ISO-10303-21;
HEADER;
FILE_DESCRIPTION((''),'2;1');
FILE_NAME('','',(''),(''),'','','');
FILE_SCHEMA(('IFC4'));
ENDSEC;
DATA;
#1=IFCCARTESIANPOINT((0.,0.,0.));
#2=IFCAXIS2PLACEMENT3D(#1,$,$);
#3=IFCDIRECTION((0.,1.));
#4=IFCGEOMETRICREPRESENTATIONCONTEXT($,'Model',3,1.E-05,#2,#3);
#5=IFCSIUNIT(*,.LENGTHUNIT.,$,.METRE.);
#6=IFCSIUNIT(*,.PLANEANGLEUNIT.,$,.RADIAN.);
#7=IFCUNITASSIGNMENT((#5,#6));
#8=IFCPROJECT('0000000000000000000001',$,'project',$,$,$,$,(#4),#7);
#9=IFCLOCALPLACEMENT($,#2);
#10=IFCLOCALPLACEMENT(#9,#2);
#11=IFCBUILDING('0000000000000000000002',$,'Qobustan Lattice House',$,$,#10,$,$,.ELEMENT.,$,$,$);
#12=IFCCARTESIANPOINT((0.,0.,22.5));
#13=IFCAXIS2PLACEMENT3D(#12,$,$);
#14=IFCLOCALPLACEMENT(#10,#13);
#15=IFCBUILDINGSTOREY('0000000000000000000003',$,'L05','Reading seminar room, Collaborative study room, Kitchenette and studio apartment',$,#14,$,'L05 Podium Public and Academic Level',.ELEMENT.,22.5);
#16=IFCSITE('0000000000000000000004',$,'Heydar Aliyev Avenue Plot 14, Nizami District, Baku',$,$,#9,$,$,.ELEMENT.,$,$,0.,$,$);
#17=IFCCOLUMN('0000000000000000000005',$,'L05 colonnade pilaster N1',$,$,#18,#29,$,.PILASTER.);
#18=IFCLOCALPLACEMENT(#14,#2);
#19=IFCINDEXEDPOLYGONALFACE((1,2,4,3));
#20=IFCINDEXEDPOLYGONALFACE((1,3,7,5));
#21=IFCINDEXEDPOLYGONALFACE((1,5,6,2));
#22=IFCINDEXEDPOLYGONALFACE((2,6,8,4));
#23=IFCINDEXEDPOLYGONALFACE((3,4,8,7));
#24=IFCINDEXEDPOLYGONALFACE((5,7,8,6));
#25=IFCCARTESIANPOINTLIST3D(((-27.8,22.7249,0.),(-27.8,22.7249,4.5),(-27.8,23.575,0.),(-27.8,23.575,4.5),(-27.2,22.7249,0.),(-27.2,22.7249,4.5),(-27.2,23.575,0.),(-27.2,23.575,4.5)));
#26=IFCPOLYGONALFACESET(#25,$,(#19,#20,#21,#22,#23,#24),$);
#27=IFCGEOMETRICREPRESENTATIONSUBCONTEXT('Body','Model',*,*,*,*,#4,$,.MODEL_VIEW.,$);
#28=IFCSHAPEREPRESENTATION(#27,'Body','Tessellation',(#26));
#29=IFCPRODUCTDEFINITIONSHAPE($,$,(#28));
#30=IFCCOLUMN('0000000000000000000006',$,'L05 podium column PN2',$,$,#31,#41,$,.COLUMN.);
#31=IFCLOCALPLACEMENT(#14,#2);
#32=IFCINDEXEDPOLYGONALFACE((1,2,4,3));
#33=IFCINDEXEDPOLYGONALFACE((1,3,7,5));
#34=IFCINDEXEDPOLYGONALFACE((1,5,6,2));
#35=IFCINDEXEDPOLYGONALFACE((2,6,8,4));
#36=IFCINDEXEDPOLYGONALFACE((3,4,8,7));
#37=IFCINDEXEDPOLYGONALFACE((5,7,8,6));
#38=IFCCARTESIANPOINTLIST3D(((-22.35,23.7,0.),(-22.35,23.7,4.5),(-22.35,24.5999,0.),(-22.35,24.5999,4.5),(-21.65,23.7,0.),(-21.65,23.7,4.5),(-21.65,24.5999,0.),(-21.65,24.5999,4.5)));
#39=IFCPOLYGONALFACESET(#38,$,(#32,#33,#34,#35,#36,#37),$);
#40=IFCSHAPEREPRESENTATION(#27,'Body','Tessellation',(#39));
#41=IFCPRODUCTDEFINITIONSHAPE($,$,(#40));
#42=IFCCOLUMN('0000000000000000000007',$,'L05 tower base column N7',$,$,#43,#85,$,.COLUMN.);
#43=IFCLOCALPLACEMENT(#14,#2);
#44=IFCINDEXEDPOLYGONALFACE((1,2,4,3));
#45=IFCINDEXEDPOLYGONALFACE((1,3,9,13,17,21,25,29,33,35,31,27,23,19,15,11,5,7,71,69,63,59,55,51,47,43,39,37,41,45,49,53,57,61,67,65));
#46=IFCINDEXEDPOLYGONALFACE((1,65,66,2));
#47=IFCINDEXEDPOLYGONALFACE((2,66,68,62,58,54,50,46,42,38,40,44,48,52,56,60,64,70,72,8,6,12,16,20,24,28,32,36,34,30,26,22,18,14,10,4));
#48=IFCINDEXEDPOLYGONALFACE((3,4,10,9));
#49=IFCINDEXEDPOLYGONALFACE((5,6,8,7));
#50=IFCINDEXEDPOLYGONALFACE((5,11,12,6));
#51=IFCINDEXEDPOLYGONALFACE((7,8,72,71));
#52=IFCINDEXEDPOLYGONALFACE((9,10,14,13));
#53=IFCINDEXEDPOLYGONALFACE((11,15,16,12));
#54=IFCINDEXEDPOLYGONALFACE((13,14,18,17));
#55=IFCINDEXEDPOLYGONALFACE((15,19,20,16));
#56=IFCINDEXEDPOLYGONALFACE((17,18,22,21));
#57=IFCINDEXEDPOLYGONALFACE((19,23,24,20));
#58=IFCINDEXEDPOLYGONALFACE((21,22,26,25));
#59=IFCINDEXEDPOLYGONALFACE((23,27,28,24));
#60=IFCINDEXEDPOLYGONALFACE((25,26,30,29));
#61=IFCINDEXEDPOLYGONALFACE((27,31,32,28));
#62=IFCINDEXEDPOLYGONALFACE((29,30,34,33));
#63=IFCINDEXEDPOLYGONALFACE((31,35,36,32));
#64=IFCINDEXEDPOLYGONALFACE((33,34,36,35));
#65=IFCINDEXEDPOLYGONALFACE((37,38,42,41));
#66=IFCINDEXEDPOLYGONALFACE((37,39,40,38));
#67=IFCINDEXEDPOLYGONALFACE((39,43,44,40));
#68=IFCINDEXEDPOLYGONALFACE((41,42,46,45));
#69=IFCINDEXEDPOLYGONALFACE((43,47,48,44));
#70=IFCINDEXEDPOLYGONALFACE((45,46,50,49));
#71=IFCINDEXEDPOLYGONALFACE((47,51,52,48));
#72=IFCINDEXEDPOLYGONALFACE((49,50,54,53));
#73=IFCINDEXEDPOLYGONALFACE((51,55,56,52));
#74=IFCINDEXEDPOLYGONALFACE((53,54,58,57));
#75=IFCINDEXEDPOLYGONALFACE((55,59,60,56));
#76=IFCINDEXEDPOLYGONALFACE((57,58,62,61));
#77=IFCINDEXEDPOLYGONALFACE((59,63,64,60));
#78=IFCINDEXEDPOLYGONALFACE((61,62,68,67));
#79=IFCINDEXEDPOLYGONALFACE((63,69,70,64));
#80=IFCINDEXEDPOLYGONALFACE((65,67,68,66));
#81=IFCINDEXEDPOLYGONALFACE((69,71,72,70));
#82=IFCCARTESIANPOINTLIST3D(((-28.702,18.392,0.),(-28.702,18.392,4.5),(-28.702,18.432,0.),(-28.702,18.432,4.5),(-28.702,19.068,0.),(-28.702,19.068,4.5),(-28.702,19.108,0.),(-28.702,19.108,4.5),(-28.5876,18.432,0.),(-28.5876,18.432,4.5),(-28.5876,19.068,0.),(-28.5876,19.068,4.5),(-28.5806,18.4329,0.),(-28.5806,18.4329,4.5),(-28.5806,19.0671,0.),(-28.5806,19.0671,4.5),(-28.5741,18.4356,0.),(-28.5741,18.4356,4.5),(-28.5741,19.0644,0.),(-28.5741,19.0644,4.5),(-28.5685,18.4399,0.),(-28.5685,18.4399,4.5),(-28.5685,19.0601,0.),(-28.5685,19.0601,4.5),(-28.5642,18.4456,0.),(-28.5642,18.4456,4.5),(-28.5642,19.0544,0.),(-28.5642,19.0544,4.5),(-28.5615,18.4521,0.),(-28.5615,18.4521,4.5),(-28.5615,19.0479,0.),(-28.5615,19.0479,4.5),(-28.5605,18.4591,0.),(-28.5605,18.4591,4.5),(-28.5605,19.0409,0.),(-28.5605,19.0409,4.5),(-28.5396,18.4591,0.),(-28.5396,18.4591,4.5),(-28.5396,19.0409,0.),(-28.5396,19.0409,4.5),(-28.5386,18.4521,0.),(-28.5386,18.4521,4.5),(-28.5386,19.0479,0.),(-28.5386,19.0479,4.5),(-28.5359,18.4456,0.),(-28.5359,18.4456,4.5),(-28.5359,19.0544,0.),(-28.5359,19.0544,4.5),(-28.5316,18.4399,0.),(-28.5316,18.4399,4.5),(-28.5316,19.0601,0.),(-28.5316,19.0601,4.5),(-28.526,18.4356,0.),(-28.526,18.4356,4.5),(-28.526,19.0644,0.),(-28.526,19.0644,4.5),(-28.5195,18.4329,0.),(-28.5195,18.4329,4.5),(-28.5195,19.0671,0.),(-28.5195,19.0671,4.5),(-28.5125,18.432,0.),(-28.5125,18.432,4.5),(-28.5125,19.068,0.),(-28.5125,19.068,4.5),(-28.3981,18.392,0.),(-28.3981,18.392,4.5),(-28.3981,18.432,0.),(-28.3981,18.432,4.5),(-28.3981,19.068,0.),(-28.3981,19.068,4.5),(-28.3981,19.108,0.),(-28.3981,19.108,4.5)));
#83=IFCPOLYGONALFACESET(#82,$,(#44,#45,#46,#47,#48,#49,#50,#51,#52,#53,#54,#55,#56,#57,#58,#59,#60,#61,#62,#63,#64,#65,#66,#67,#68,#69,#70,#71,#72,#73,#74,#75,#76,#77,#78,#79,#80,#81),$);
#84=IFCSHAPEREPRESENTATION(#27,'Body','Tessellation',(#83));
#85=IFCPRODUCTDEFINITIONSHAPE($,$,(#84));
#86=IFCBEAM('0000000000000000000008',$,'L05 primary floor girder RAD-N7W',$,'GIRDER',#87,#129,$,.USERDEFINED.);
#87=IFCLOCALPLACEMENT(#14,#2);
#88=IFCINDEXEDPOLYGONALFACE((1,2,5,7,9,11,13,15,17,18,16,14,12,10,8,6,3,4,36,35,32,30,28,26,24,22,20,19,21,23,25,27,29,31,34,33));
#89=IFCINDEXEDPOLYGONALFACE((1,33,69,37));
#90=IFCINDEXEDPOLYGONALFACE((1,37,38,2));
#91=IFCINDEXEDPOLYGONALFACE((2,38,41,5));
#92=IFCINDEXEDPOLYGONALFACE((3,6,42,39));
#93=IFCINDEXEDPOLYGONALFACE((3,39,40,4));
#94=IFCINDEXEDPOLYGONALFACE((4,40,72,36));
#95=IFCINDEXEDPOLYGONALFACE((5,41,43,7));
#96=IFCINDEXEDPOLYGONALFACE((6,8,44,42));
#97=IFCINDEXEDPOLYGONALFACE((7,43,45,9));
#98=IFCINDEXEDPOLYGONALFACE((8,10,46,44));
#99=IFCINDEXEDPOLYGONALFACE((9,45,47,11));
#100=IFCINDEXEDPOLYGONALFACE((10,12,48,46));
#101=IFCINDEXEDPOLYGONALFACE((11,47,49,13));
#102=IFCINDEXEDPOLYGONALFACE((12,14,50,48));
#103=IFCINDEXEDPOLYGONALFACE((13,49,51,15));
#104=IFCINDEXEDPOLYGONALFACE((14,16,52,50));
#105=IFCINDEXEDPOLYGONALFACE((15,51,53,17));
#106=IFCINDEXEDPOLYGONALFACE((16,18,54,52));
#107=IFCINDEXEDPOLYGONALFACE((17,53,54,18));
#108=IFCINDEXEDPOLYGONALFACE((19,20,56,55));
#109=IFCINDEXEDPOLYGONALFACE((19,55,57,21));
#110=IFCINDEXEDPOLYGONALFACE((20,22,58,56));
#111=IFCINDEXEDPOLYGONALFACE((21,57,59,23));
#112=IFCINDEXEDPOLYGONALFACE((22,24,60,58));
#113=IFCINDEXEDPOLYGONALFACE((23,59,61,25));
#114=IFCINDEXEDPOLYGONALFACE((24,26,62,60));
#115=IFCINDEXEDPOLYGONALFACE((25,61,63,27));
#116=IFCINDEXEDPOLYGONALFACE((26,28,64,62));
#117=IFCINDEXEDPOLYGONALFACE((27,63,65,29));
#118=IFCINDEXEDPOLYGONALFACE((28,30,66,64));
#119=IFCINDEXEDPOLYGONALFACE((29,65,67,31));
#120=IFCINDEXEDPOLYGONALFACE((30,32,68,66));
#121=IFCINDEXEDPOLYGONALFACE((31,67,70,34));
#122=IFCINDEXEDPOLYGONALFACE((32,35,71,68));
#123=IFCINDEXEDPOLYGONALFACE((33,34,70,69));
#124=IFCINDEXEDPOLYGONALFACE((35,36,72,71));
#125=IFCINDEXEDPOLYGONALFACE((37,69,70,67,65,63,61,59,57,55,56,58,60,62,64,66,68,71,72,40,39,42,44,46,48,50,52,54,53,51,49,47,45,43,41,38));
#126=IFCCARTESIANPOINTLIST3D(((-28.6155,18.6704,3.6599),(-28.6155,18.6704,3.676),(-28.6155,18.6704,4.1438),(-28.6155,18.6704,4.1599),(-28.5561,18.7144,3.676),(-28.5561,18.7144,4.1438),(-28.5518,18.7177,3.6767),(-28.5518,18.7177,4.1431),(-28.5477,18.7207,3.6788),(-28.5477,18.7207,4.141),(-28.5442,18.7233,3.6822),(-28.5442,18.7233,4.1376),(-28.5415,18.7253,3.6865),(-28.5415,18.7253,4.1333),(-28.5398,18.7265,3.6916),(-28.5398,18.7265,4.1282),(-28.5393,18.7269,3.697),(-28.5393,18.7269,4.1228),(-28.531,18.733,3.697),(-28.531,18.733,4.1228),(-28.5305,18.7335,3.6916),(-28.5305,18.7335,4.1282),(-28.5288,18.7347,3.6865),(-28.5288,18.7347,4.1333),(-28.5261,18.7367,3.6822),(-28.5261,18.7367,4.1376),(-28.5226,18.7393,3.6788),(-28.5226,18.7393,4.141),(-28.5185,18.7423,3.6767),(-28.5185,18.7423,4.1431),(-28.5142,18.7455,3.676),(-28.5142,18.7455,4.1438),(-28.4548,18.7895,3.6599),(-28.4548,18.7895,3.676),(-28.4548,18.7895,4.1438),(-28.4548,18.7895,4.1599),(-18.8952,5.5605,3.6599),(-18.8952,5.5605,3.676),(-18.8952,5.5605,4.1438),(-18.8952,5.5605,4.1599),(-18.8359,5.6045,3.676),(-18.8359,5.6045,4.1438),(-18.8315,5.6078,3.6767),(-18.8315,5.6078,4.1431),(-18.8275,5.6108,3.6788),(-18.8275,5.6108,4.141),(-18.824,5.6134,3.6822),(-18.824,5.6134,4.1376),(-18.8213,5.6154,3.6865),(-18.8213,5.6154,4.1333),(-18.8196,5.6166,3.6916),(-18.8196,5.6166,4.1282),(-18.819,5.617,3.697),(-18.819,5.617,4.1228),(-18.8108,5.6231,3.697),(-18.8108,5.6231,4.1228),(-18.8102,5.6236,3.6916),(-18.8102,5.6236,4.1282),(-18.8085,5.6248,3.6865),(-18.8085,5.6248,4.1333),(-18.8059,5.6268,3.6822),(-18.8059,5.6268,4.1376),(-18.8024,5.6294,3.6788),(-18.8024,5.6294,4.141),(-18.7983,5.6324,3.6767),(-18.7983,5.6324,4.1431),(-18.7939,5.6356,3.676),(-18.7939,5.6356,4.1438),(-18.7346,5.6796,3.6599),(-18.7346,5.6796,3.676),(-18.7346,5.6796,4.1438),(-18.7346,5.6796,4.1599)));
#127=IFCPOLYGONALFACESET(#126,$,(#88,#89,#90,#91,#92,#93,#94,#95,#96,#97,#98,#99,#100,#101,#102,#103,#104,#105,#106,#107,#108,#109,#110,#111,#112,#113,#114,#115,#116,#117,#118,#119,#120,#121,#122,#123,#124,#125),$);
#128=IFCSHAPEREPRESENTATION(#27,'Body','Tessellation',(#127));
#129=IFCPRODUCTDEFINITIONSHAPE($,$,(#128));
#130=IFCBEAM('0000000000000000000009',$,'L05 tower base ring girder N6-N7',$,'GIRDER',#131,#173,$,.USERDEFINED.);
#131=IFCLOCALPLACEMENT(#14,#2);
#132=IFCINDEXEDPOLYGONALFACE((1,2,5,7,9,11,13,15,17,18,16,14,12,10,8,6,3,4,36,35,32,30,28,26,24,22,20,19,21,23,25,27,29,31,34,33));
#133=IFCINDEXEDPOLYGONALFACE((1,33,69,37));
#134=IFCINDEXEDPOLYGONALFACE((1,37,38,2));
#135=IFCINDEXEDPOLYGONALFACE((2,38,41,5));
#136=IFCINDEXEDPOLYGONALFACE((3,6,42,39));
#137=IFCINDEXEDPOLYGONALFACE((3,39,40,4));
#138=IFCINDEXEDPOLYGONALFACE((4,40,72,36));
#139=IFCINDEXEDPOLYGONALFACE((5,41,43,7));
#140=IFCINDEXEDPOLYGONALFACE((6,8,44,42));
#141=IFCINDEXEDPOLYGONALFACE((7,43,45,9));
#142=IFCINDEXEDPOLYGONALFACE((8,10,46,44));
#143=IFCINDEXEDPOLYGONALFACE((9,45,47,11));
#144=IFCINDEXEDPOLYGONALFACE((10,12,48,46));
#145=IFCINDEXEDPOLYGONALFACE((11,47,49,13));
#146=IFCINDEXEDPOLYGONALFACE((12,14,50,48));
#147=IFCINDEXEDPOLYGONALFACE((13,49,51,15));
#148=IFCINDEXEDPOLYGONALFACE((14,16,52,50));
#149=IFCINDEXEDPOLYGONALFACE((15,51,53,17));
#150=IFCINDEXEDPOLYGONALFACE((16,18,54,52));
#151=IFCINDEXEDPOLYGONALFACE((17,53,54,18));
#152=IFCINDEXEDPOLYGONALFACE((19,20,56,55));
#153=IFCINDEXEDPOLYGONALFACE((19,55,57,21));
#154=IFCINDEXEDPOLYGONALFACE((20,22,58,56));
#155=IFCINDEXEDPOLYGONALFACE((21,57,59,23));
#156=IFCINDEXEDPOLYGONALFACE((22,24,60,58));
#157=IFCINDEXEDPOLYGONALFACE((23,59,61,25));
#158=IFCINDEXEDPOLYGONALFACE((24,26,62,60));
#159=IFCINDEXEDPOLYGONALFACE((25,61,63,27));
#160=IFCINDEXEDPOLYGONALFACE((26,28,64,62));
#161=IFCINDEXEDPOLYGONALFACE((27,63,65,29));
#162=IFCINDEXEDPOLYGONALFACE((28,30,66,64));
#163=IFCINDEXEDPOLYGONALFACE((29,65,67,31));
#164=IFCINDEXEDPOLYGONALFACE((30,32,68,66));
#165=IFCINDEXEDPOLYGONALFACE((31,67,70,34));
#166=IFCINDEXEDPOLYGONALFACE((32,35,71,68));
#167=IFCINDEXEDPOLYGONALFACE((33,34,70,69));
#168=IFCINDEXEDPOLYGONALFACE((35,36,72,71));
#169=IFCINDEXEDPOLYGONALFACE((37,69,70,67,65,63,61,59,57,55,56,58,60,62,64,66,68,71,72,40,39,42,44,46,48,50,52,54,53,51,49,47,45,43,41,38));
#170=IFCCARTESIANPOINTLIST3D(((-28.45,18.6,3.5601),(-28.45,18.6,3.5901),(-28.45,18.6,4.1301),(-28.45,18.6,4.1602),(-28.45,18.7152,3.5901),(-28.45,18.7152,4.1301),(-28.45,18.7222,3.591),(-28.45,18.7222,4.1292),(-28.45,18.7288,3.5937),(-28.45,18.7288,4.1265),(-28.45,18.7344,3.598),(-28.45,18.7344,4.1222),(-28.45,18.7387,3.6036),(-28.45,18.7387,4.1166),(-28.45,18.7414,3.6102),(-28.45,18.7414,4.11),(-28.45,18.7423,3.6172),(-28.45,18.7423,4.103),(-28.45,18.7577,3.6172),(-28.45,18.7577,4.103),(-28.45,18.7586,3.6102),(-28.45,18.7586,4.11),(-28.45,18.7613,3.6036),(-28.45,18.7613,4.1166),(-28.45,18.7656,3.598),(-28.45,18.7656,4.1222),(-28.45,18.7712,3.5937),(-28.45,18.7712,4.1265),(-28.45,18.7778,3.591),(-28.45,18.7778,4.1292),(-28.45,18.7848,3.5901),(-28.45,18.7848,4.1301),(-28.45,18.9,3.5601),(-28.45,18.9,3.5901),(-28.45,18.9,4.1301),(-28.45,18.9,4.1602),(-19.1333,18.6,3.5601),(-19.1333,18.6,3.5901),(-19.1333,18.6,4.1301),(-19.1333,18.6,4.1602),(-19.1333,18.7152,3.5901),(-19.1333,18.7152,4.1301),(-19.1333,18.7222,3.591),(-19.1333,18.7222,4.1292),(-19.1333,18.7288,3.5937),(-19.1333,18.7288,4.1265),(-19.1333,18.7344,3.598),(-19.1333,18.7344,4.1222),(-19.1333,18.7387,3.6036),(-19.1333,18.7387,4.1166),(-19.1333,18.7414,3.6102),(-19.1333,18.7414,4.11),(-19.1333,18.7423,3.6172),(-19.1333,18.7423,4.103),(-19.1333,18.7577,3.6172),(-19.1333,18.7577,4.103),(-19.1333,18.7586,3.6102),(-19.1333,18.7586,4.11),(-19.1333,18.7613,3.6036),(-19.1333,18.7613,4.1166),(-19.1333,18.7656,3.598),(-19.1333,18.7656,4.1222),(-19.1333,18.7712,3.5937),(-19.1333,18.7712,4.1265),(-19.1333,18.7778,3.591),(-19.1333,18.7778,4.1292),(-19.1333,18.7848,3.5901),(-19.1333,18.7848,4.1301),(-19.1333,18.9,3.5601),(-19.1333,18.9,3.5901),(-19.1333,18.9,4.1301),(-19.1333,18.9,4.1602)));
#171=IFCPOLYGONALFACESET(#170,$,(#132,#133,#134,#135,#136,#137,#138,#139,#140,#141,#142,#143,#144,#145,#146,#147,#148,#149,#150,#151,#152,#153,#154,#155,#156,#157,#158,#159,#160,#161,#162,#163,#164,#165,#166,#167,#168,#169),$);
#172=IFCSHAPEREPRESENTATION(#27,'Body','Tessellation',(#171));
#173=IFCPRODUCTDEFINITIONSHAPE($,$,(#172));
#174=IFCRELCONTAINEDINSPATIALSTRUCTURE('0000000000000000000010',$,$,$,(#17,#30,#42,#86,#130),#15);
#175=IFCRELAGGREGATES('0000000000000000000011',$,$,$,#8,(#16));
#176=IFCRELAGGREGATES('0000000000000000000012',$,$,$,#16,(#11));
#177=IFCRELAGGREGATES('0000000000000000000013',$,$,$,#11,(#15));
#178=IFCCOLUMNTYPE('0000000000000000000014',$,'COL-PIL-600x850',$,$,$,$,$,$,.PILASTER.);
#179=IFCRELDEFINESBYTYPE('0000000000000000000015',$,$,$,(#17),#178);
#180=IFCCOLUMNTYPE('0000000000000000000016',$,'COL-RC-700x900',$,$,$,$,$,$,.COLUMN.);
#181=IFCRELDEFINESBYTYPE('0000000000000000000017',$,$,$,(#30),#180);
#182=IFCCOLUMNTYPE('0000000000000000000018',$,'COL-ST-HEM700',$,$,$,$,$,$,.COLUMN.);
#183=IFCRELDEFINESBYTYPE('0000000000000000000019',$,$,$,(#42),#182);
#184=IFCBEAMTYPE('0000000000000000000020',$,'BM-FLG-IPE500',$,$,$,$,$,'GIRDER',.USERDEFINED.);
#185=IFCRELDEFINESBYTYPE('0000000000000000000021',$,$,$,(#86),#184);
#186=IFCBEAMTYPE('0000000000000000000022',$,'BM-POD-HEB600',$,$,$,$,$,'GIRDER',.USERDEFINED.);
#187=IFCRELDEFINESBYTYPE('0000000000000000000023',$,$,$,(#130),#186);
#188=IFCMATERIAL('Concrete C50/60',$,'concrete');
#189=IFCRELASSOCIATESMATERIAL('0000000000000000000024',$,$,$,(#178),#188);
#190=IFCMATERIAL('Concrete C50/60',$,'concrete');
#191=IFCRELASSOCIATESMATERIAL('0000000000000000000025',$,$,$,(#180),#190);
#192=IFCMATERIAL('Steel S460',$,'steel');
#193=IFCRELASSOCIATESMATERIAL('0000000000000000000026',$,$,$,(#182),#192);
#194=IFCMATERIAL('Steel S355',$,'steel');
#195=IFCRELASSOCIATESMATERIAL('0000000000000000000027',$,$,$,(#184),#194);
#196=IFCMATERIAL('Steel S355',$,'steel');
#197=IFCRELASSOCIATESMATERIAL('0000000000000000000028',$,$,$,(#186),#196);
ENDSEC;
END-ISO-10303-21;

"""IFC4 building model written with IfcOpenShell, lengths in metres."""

from ifc_helpers import new_model, si_unit, direction, frame, origin, origin_2d, place, context, subcontext, project, spatial, rectangle, i_section, extrude, material, material_profile, profile_set, type_object, element, save


model = new_model("IFC4")

# Units and contexts
model_context = context("Model", 3, precision=1e-05, world=origin(), true_north=direction((0.0, 1.0)))
body_context = subcontext(model_context, "Body", "Model", "MODEL_VIEW")
ifc_project = project(units=[si_unit("LENGTHUNIT", "METRE"), si_unit("PLANEANGLEUNIT", "RADIAN")], contexts=[model_context])

# Site, building, storey
site_placement = place(None, origin())
site = spatial("IfcSite", under=ifc_project, at=site_placement, Name="Heydar Aliyev Avenue Plot 14, Nizami District, Baku", CompositionType="ELEMENT", RefElevation=0.0)
building_placement = place(site_placement, origin())
building = spatial("IfcBuilding", under=site, at=building_placement, Name="Qobustan Lattice House", CompositionType="ELEMENT")
storey_placement = place(building_placement, frame((0.0, 0.0, 22.5)))
storey = spatial("IfcBuildingStorey", under=building, at=storey_placement, Name="L05", Description="Reading seminar room, Collaborative study room, Kitchenette and studio apartment", LongName="L05 Podium Public and Academic Level", CompositionType="ELEMENT", Elevation=22.5)

# Columns
ifc_material_1 = material(Name="Concrete C50/60", Category="concrete")
ifc_material_profile_1 = material_profile(ifc_material_1, rectangle(XDim=0.6001, YDim=0.8501, at=origin_2d()), Name="RC600x850")
ifc_profile_set_1 = profile_set([ifc_material_profile_1], Name="Concrete C50/60")
column_type_1 = type_object("IfcColumnType", Name="COL-PIL-600x850", PredefinedType="PILASTER", material=ifc_profile_set_1)
column_1_placement = place(storey_placement, frame((-27.5, 23.1499, 0.0), z_axis=(0.0, 0.0, 1.0), x_axis=(1.0, 0.0, 0.0)))
element("IfcColumn", 1, at=column_1_placement, inside=storey, type_object=column_type_1, Name="L05 colonnade pilaster N1", PredefinedType="PILASTER", context=body_context, shape_type="SweptSolid", body=[
    extrude(rectangle(XDim=0.6001, YDim=0.8501, at=origin_2d()), origin(), (0.0, 0.0, 1.0), 4.5),
])
ifc_material_2 = material(Name="Concrete C50/60", Category="concrete")
ifc_material_profile_2 = material_profile(ifc_material_2, rectangle(XDim=0.7, YDim=0.8999, at=origin_2d()), Name="RC700x900")
ifc_profile_set_2 = profile_set([ifc_material_profile_2], Name="Concrete C50/60")
column_type_2 = type_object("IfcColumnType", Name="COL-RC-700x900", PredefinedType="COLUMN", material=ifc_profile_set_2)
column_2_placement = place(storey_placement, frame((-22.0, 24.1499, 0.0), z_axis=(0.0, 0.0, 1.0), x_axis=(1.0, 0.0, 0.0)))
element("IfcColumn", 2, at=column_2_placement, inside=storey, type_object=column_type_2, Name="L05 podium column PN2", PredefinedType="COLUMN", context=body_context, shape_type="SweptSolid", body=[
    extrude(rectangle(XDim=0.7, YDim=0.8999, at=origin_2d()), origin(), (0.0, 0.0, 1.0), 4.5),
])
ifc_material_3 = material(Name="Steel S460", Category="steel")
ifc_material_profile_3 = material_profile(ifc_material_3, i_section(OverallWidth=0.304, OverallDepth=0.7161, WebThickness=0.021, FlangeThickness=0.04, FilletRadius=0.0271, at=origin_2d()), Name="HEM700")
ifc_profile_set_3 = profile_set([ifc_material_profile_3], Name="Steel S460")
column_type_3 = type_object("IfcColumnType", Name="COL-ST-HEM700", PredefinedType="COLUMN", material=ifc_profile_set_3)
column_3_placement = place(storey_placement, frame((-28.55, 18.75, 0.0), z_axis=(0.0, 0.0, 1.0), x_axis=(1.0, 0.0, 0.0)))
element("IfcColumn", 3, at=column_3_placement, inside=storey, type_object=column_type_3, Name="L05 tower base column N7", PredefinedType="COLUMN", context=body_context, shape_type="SweptSolid", body=[
    extrude(i_section(OverallWidth=0.304, OverallDepth=0.7161, WebThickness=0.021, FlangeThickness=0.04, FilletRadius=0.0271, at=origin_2d()), origin(), (0.0, 0.0, 1.0), 4.5),
])

# Beams
ifc_material_4 = material(Name="Steel S355", Category="steel")
ifc_material_profile_4 = material_profile(ifc_material_4, i_section(OverallWidth=0.2, OverallDepth=0.5, WebThickness=0.0103, FlangeThickness=0.0161, FilletRadius=0.021, at=origin_2d()), Name="IPE500")
ifc_profile_set_4 = profile_set([ifc_material_profile_4], Name="Steel S355")
beam_type_1 = type_object("IfcBeamType", Name="BM-FLG-IPE500", ElementType="GIRDER", PredefinedType="USERDEFINED", material=ifc_profile_set_4)
beam_1_placement = place(storey_placement, frame((-28.5352, 18.73, 3.9099), z_axis=(0.595592, -0.803287, 0.0), x_axis=(0.803287, 0.595592, 0.0)))
element("IfcBeam", 4, at=beam_1_placement, inside=storey, type_object=beam_type_1, Name="L05 primary floor girder RAD-N7W", ObjectType="GIRDER", PredefinedType="USERDEFINED", context=body_context, shape_type="SweptSolid", body=[
    extrude(i_section(OverallWidth=0.2, OverallDepth=0.5, WebThickness=0.0103, FlangeThickness=0.0161, FilletRadius=0.021, at=origin_2d()), origin(), (0.0, 0.0, 1.0), 16.3203),
])
ifc_material_5 = material(Name="Steel S355", Category="steel")
ifc_material_profile_5 = material_profile(ifc_material_5, i_section(OverallWidth=0.3, OverallDepth=0.6001, WebThickness=0.0154, FlangeThickness=0.03, FilletRadius=0.0271, at=origin_2d()), Name="HEB600")
ifc_profile_set_5 = profile_set([ifc_material_profile_5], Name="Steel S355")
beam_type_2 = type_object("IfcBeamType", Name="BM-POD-HEB600", ElementType="GIRDER", PredefinedType="USERDEFINED", material=ifc_profile_set_5)
beam_2_placement = place(storey_placement, frame((-19.1333, 18.75, 3.8601), z_axis=(-1.0, 0.0, 0.0), x_axis=(0.0, -1.0, 0.0)))
element("IfcBeam", 5, at=beam_2_placement, inside=storey, type_object=beam_type_2, Name="L05 tower base ring girder N6-N7", ObjectType="GIRDER", PredefinedType="USERDEFINED", context=body_context, shape_type="SweptSolid", body=[
    extrude(i_section(OverallWidth=0.3, OverallDepth=0.6001, WebThickness=0.0154, FlangeThickness=0.03, FilletRadius=0.0271, at=origin_2d()), origin(), (0.0, 0.0, 1.0), 9.3167),
])

save(model, "model.ifc")
